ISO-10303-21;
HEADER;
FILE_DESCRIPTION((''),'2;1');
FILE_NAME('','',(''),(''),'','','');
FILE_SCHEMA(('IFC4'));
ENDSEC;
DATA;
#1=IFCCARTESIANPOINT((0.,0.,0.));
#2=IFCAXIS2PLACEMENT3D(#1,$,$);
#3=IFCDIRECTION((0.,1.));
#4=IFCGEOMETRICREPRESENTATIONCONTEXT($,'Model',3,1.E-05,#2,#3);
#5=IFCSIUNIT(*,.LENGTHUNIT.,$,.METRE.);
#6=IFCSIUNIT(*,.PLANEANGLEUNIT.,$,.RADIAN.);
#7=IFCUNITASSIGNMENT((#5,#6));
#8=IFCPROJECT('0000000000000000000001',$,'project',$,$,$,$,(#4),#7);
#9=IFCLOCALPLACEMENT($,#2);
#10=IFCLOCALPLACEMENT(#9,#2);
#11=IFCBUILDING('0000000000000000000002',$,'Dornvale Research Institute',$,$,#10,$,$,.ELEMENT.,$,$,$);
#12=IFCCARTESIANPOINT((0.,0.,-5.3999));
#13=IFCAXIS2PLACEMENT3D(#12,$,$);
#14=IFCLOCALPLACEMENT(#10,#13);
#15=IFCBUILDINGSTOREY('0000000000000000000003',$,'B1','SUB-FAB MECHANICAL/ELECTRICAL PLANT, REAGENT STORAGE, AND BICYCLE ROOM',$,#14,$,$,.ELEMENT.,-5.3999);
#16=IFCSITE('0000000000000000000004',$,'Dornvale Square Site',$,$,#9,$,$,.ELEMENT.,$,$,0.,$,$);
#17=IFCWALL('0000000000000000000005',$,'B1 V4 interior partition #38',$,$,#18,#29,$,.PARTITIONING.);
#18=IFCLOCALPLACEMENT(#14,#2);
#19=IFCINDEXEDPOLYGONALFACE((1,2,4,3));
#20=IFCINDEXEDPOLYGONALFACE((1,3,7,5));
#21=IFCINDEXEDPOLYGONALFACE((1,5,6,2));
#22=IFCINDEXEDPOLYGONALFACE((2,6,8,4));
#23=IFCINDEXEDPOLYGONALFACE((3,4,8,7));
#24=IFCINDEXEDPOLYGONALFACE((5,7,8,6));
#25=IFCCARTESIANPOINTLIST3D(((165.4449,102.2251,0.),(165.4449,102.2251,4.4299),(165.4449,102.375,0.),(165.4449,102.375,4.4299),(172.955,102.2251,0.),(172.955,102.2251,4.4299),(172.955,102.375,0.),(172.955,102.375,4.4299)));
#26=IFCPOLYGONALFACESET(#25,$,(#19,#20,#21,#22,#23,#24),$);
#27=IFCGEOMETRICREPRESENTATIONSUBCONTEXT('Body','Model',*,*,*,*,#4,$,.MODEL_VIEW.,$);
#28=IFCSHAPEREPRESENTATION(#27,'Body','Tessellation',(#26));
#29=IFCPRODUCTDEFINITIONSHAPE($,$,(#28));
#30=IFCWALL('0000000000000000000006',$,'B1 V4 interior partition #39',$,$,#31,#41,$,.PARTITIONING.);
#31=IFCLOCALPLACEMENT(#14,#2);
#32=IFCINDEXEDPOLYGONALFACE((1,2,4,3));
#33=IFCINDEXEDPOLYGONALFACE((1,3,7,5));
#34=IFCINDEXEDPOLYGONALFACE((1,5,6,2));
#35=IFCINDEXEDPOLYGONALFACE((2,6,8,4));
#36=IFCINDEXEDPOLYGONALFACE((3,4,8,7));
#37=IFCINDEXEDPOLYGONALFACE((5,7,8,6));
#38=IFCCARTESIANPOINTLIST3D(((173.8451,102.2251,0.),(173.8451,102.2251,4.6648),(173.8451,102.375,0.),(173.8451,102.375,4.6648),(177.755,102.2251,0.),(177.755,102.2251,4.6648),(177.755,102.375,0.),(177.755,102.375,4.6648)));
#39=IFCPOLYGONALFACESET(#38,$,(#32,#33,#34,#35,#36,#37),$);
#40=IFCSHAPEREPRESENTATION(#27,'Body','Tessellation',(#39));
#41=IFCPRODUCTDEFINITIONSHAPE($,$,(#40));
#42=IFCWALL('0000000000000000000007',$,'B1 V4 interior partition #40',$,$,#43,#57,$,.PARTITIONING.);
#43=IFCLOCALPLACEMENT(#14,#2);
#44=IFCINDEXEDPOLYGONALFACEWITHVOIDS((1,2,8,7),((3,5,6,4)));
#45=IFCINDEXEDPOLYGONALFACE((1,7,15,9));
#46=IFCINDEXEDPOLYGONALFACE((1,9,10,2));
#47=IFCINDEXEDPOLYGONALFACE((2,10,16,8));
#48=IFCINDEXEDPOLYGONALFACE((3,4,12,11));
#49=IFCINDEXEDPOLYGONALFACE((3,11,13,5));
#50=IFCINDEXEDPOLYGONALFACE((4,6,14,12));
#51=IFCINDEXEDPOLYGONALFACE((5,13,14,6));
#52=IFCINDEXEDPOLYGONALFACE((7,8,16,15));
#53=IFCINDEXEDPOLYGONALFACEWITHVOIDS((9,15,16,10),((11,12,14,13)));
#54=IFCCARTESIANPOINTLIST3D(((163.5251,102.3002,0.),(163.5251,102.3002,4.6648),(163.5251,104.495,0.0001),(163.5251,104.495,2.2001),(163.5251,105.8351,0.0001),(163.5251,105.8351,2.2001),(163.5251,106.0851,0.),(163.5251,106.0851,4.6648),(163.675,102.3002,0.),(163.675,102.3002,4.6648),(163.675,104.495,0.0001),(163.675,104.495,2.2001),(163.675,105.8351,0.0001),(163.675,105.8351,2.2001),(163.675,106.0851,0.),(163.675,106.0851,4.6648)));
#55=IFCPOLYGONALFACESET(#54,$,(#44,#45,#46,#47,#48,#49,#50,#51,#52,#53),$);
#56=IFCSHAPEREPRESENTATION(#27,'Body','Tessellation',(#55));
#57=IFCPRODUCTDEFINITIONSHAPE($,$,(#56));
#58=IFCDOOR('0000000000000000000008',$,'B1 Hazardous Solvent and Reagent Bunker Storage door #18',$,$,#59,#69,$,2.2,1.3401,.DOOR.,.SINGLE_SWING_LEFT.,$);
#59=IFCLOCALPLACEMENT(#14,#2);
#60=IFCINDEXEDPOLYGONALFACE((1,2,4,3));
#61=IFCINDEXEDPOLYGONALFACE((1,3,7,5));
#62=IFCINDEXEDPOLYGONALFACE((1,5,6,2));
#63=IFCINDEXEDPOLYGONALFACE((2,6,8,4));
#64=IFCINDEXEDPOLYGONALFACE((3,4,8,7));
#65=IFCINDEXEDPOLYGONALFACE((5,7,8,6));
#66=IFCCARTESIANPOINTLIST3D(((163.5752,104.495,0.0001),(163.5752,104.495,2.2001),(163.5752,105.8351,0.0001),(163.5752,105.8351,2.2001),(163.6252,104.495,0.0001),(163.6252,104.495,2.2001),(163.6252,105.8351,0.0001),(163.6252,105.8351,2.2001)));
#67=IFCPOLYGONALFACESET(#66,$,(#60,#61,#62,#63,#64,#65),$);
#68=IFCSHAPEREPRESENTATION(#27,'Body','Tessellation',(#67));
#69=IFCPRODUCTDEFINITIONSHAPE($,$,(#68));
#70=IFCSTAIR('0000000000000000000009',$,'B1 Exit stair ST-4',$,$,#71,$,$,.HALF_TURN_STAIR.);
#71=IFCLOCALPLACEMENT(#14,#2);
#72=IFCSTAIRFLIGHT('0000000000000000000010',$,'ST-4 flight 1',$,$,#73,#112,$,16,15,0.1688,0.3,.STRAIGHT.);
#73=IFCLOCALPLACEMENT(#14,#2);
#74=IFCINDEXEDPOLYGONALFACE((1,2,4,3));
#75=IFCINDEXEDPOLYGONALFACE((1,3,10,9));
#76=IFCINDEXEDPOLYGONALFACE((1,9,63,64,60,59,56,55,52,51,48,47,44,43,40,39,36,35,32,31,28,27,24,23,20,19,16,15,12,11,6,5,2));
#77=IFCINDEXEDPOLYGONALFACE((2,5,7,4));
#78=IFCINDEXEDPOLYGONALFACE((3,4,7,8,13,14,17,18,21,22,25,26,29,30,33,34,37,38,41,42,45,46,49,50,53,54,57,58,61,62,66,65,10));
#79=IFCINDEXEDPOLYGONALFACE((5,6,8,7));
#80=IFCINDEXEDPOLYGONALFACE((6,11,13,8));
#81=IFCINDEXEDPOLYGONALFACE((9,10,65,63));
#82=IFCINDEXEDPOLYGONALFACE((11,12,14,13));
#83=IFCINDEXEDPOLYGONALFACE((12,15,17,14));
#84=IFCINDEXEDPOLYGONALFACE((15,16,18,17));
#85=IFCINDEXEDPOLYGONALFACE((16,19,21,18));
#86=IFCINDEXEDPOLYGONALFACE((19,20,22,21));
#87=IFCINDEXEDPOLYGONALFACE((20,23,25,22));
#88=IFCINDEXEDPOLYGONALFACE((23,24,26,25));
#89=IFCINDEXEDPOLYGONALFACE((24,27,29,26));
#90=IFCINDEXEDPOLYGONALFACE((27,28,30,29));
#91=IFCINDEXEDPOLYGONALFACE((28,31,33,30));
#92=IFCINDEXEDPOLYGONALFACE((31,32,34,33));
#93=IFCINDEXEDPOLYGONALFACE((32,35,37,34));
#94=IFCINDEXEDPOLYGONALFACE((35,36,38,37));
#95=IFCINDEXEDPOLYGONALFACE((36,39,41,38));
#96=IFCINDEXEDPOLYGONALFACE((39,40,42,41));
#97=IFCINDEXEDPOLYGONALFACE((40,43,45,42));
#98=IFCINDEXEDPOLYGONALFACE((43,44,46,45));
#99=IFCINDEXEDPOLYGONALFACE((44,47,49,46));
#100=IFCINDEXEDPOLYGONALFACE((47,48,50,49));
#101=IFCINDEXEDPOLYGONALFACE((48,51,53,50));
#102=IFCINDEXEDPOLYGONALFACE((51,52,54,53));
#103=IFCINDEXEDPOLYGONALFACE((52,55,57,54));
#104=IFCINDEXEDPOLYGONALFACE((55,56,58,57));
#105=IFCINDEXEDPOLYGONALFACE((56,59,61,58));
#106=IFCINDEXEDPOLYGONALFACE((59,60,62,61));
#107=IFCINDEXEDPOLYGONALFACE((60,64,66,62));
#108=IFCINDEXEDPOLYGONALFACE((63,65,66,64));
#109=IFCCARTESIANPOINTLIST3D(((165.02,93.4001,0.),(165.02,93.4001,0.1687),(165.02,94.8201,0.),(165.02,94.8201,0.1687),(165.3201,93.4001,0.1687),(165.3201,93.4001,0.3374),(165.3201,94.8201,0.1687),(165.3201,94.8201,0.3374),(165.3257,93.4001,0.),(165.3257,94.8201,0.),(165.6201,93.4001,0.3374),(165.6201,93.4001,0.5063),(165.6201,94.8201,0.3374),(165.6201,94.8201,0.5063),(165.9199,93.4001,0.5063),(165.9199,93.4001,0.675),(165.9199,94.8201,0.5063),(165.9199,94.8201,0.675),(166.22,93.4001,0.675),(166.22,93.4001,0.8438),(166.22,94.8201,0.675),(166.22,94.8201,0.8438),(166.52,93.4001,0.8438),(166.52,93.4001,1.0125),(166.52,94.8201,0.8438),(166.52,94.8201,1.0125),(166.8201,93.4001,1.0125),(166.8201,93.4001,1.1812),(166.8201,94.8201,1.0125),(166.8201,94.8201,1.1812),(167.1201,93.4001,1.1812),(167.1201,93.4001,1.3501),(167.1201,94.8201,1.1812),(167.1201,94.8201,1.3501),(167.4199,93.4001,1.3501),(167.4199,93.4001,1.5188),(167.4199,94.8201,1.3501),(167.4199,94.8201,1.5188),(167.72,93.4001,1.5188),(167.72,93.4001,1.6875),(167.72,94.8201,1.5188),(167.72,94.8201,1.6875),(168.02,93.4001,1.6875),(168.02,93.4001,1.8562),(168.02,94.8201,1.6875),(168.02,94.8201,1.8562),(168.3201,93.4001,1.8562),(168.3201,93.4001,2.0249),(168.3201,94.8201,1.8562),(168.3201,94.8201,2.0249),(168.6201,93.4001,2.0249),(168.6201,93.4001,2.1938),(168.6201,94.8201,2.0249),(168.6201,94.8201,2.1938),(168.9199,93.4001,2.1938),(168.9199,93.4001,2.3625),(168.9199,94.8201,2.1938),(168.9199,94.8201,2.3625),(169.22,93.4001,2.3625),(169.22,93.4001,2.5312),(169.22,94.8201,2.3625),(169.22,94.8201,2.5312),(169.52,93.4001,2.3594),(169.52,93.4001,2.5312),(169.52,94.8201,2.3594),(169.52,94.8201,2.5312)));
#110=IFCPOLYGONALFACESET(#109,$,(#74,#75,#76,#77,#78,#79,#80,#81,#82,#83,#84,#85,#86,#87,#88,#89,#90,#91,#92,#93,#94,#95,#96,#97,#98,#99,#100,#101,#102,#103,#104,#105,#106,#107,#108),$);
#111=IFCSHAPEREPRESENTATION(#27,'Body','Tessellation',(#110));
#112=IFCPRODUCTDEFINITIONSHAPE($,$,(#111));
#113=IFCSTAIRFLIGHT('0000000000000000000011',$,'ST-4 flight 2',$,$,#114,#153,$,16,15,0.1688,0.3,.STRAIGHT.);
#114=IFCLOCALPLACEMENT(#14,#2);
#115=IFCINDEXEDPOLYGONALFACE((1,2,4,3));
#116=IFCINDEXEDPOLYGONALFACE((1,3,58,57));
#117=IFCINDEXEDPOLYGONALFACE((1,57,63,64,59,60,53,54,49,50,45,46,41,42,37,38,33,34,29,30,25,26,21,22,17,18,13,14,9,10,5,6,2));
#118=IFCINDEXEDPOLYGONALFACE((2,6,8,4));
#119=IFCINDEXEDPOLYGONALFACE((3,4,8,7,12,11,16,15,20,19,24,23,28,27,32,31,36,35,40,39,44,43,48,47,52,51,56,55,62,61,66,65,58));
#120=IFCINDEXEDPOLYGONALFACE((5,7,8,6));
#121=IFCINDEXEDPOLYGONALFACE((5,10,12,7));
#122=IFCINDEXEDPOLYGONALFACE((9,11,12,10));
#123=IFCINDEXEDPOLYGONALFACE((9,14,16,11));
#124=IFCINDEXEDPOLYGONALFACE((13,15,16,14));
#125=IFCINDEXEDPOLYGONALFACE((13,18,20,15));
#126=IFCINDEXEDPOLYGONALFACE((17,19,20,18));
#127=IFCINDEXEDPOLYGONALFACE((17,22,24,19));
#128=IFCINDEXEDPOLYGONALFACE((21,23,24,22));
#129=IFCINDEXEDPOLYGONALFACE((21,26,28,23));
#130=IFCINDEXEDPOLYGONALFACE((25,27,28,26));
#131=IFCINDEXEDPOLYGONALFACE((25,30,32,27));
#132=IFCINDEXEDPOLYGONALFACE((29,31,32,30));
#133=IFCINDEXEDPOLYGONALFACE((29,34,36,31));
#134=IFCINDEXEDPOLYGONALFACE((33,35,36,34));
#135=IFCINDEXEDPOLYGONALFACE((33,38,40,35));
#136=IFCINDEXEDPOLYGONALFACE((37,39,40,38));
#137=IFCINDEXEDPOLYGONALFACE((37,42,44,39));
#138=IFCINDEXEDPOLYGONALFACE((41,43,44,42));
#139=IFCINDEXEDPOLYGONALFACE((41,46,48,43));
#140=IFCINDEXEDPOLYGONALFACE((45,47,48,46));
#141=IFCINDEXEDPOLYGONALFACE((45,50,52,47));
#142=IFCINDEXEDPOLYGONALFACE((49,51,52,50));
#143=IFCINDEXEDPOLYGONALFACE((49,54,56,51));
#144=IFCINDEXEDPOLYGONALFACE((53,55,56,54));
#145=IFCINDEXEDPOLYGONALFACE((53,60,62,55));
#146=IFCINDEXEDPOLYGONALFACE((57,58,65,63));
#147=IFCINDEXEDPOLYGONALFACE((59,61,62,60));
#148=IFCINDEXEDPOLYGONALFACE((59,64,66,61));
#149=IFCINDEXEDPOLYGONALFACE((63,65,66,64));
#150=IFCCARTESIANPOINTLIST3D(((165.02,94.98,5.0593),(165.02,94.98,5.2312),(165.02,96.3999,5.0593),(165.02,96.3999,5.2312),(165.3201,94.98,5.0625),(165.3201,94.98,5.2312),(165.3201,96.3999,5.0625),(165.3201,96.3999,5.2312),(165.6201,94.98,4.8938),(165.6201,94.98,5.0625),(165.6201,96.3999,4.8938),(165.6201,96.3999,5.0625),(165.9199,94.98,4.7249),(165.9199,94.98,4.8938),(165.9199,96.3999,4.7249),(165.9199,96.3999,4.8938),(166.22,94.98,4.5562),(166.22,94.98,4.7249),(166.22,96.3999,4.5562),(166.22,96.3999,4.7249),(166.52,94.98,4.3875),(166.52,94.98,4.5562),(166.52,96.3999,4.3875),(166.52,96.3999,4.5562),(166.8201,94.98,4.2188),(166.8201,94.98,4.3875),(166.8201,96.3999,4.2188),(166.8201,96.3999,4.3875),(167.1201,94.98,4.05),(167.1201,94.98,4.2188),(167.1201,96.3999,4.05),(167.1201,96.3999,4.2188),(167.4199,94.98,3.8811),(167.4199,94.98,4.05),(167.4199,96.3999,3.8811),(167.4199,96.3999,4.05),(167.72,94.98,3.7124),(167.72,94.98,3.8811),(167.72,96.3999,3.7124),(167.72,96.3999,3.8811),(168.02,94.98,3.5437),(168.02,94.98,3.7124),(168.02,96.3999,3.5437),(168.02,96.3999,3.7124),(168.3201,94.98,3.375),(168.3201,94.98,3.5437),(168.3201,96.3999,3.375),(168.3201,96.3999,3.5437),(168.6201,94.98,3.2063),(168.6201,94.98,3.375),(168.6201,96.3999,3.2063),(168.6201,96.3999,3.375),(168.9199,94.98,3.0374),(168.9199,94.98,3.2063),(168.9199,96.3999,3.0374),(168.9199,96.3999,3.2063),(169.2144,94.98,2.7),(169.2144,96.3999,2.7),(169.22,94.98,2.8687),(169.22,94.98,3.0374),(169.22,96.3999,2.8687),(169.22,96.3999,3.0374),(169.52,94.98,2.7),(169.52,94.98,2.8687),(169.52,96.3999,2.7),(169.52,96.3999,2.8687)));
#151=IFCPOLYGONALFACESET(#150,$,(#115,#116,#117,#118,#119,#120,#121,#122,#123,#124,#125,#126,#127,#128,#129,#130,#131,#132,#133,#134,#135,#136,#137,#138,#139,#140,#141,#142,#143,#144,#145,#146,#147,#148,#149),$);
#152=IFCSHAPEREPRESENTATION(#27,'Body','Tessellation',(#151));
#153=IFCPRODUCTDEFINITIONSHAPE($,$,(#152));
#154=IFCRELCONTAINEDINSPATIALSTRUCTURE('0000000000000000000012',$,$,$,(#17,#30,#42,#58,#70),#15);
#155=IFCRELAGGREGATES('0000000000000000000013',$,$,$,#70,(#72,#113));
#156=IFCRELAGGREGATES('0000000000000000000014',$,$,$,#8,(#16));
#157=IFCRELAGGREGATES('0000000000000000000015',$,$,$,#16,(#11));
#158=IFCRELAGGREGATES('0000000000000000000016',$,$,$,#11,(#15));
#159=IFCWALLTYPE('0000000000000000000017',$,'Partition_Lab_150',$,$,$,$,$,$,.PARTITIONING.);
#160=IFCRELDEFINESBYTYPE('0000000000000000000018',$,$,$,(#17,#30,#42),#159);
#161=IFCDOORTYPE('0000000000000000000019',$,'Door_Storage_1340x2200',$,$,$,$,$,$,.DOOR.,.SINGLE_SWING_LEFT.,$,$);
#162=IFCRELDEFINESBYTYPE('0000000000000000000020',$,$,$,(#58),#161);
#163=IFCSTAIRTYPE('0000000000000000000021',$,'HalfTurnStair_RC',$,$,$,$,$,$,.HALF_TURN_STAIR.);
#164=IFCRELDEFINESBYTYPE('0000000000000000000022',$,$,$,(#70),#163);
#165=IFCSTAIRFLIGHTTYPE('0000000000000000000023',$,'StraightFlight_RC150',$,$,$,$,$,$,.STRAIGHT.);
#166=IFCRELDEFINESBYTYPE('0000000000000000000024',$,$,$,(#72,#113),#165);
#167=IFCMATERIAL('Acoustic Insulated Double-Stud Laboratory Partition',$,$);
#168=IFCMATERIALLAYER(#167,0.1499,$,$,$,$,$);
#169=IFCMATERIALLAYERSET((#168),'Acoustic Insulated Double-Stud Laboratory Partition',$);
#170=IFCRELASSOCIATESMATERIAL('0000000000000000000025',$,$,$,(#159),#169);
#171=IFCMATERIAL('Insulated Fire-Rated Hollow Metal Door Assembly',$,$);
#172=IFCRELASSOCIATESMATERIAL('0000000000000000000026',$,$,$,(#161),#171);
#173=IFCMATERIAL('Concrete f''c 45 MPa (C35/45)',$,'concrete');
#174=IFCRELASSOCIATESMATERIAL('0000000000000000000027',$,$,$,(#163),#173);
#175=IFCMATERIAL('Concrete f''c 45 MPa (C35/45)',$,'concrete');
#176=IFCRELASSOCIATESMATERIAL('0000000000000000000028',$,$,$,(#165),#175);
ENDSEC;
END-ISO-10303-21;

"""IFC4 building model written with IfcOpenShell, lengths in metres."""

from ifc_helpers import new_model, si_unit, direction, frame, frame_2d, origin, place, context, subcontext, project, spatial, polyline, rectangle, outline, extrude, material, layer, layer_set, type_object, element, fill, aggregate, save


model = new_model("IFC4")

# Units and contexts
model_context = context("Model", 3, precision=1e-05, world=origin(), true_north=direction((0.0, 1.0)))
body_context = subcontext(model_context, "Body", "Model", "MODEL_VIEW")
ifc_project = project(units=[si_unit("LENGTHUNIT", "METRE"), si_unit("PLANEANGLEUNIT", "RADIAN")], contexts=[model_context])

# Site, building, storey
site_placement = place(None, origin())
site = spatial("IfcSite", under=ifc_project, at=site_placement, Name="Dornvale Square Site", CompositionType="ELEMENT", RefElevation=0.0)
building_placement = place(site_placement, origin())
building = spatial("IfcBuilding", under=site, at=building_placement, Name="Dornvale Research Institute", CompositionType="ELEMENT")
storey_placement = place(building_placement, frame((0.0, 0.0, -5.3999)))
storey = spatial("IfcBuildingStorey", under=building, at=storey_placement, Name="B1", Description="SUB-FAB MECHANICAL/ELECTRICAL PLANT, REAGENT STORAGE, AND BICYCLE ROOM", CompositionType="ELEMENT", Elevation=-5.3999)

# Walls
ifc_material_1 = material(Name="Acoustic Insulated Double-Stud Laboratory Partition")
ifc_layer_1 = layer(ifc_material_1, 0.1499)
ifc_layer_set_1 = layer_set([ifc_layer_1], Name="Acoustic Insulated Double-Stud Laboratory Partition")
wall_type = type_object("IfcWallType", Name="Partition_Lab_150", PredefinedType="PARTITIONING", material=ifc_layer_set_1)
wall_1_placement = place(storey_placement, frame((165.4451, 102.3, 0.0), z_axis=(0.0, 0.0, 1.0), x_axis=(1.0, 0.0, 0.0)))
element("IfcWall", 1, at=wall_1_placement, inside=storey, type_object=wall_type, Name="B1 V4 interior partition #38", PredefinedType="PARTITIONING", context=body_context, shape_type="SweptSolid", body=[
    extrude(rectangle(XDim=7.51, YDim=0.1499, at=frame_2d((3.7549, 0.0))), origin(), (0.0, 0.0, 1.0), 4.4299),
])
wall_2_placement = place(storey_placement, frame((173.845, 102.3, 0.0), z_axis=(0.0, 0.0, 1.0), x_axis=(1.0, 0.0, 0.0)))
element("IfcWall", 2, at=wall_2_placement, inside=storey, type_object=wall_type, Name="B1 V4 interior partition #39", PredefinedType="PARTITIONING", context=body_context, shape_type="SweptSolid", body=[
    extrude(rectangle(XDim=3.9099, YDim=0.1499, at=frame_2d((1.9551, 0.0))), origin(), (0.0, 0.0, 1.0), 4.6648),
])

# Wall, opening, door
wall_3_placement = place(storey_placement, frame((163.6001, 102.3, 0.0), z_axis=(0.0, 0.0, 1.0), x_axis=(0.0, 1.0, 0.0)))
wall_3 = element("IfcWall", 3, at=wall_3_placement, inside=storey, type_object=wall_type, Name="B1 V4 interior partition #40", PredefinedType="PARTITIONING", context=body_context, shape_type="SweptSolid", body=[
    extrude(rectangle(XDim=3.7849, YDim=0.1499, at=frame_2d((1.8926, 0.0))), origin(), (0.0, 0.0, 1.0), 4.6648),
])
opening_placement = place(wall_3_placement, frame((2.1951, 0.0, 0.0)))
opening = element("IfcOpeningElement", 4, at=opening_placement, cuts=wall_3, PredefinedType="OPENING", context=body_context, shape_type="SweptSolid", body=[
    extrude(rectangle(XDim=1.3401, YDim=2.2, at=frame_2d((0.6699, 1.1001))), frame((0.0, 0.0898, 0.0), z_axis=(0.0, -1.0, 0.0), x_axis=(1.0, 0.0, 0.0)), (0.0, 0.0, 1.0), 0.1799),
])
ifc_material_2 = material(Name="Insulated Fire-Rated Hollow Metal Door Assembly")
door_type = type_object("IfcDoorType", Name="Door_Storage_1340x2200", OperationType="SINGLE_SWING_LEFT", PredefinedType="DOOR", material=ifc_material_2)
door_placement = place(opening_placement, origin())
door = element("IfcDoor", 5, at=door_placement, inside=storey, type_object=door_type, Name="B1 Hazardous Solvent and Reagent Bunker Storage door #18", OperationType="SINGLE_SWING_LEFT", OverallHeight=2.2, OverallWidth=1.3401, PredefinedType="DOOR", context=body_context, shape_type="SweptSolid", body=[
    extrude(rectangle(XDim=1.3401, YDim=2.2, at=frame_2d((0.6699, 1.1001))), frame((0.0, 0.0249, 0.0), z_axis=(0.0, -1.0, 0.0), x_axis=(1.0, 0.0, 0.0)), (0.0, 0.0, 1.0), 0.05),
])
fill(opening, door)

# Stair, stair flights
ifc_material_3 = material(Name="Concrete f'c 45 MPa (C35/45)", Category="concrete")
stair_type = type_object("IfcStairType", Name="HalfTurnStair_RC", PredefinedType="HALF_TURN_STAIR", material=ifc_material_3)
stair_placement = place(storey_placement, origin())
stair = element("IfcStair", 6, at=stair_placement, inside=storey, type_object=stair_type, Name="B1 Exit stair ST-4", PredefinedType="HALF_TURN_STAIR")
ifc_material_4 = material(Name="Concrete f'c 45 MPa (C35/45)", Category="concrete")
stair_flight_type = type_object("IfcStairFlightType", Name="StraightFlight_RC150", PredefinedType="STRAIGHT", material=ifc_material_4)
stair_flight_1_placement = place(storey_placement, frame((165.02, 94.1101, 0.0), z_axis=(0.0, 0.0, 1.0), x_axis=(1.0, 0.0, 0.0)))
stair_flight_1 = element("IfcStairFlight", 7, at=stair_flight_1_placement, type_object=stair_flight_type, Name="ST-4 flight 1", NumberOfRisers=16, NumberOfTreads=15, PredefinedType="STRAIGHT", RiserHeight=0.1688, TreadLength=0.3, context=body_context, shape_type="SweptSolid", body=[
    extrude(outline(polyline([(0.0, 0.0), (0.0, 0.1687), (0.3, 0.1687), (0.3, 0.3374), (0.6001, 0.3374), (0.6001, 0.5063), (0.8999, 0.5063), (0.8999, 0.675), (1.2, 0.675), (1.2, 0.8438), (1.5, 0.8438), (1.5, 1.0125), (1.8, 1.0125), (1.8, 1.1812), (2.1001, 1.1812), (2.1001, 1.3501), (2.3999, 1.3501), (2.3999, 1.5188), (2.7, 1.5188), (2.7, 1.6875), (3.0, 1.6875), (3.0, 1.8562), (3.3, 1.8562), (3.3, 2.0249), (3.6001, 2.0249), (3.6001, 2.1938), (3.8999, 2.1938), (3.8999, 2.3625), (4.2, 2.3625), (4.2, 2.5312), (4.5, 2.5312), (4.5, 2.7), (4.5, 2.3594), (0.3057, 0.0), (0.0, 0.0)])), frame((0.0, 0.71, 0.0), z_axis=(0.0, -1.0, 0.0), x_axis=(1.0, 0.0, 0.0)), (0.0, 0.0, 1.0), 1.4199),
])
stair_flight_2_placement = place(storey_placement, frame((169.52, 95.6899, 2.7), z_axis=(0.0, 0.0, 1.0), x_axis=(-1.0, 0.0, 0.0)))
stair_flight_2 = element("IfcStairFlight", 8, at=stair_flight_2_placement, type_object=stair_flight_type, Name="ST-4 flight 2", NumberOfRisers=16, NumberOfTreads=15, PredefinedType="STRAIGHT", RiserHeight=0.1688, TreadLength=0.3, context=body_context, shape_type="SweptSolid", body=[
    extrude(outline(polyline([(0.0, 0.0), (0.0, 0.1687), (0.3, 0.1687), (0.3, 0.3374), (0.6001, 0.3374), (0.6001, 0.5063), (0.8999, 0.5063), (0.8999, 0.675), (1.2, 0.675), (1.2, 0.8438), (1.5, 0.8438), (1.5, 1.0125), (1.8, 1.0125), (1.8, 1.1812), (2.1001, 1.1812), (2.1001, 1.3501), (2.3999, 1.3501), (2.3999, 1.5188), (2.7, 1.5188), (2.7, 1.6875), (3.0, 1.6875), (3.0, 1.8562), (3.3, 1.8562), (3.3, 2.0249), (3.6001, 2.0249), (3.6001, 2.1938), (3.8999, 2.1938), (3.8999, 2.3625), (4.2, 2.3625), (4.2, 2.5312), (4.5, 2.5312), (4.5, 2.7), (4.5, 2.3594), (0.3057, 0.0), (0.0, 0.0)])), frame((0.0, 0.71, 0.0), z_axis=(0.0, -1.0, 0.0), x_axis=(1.0, 0.0, 0.0)), (0.0, 0.0, 1.0), 1.4199),
])
aggregate(stair, [stair_flight_1, stair_flight_2])

save(model, "model.ifc")
